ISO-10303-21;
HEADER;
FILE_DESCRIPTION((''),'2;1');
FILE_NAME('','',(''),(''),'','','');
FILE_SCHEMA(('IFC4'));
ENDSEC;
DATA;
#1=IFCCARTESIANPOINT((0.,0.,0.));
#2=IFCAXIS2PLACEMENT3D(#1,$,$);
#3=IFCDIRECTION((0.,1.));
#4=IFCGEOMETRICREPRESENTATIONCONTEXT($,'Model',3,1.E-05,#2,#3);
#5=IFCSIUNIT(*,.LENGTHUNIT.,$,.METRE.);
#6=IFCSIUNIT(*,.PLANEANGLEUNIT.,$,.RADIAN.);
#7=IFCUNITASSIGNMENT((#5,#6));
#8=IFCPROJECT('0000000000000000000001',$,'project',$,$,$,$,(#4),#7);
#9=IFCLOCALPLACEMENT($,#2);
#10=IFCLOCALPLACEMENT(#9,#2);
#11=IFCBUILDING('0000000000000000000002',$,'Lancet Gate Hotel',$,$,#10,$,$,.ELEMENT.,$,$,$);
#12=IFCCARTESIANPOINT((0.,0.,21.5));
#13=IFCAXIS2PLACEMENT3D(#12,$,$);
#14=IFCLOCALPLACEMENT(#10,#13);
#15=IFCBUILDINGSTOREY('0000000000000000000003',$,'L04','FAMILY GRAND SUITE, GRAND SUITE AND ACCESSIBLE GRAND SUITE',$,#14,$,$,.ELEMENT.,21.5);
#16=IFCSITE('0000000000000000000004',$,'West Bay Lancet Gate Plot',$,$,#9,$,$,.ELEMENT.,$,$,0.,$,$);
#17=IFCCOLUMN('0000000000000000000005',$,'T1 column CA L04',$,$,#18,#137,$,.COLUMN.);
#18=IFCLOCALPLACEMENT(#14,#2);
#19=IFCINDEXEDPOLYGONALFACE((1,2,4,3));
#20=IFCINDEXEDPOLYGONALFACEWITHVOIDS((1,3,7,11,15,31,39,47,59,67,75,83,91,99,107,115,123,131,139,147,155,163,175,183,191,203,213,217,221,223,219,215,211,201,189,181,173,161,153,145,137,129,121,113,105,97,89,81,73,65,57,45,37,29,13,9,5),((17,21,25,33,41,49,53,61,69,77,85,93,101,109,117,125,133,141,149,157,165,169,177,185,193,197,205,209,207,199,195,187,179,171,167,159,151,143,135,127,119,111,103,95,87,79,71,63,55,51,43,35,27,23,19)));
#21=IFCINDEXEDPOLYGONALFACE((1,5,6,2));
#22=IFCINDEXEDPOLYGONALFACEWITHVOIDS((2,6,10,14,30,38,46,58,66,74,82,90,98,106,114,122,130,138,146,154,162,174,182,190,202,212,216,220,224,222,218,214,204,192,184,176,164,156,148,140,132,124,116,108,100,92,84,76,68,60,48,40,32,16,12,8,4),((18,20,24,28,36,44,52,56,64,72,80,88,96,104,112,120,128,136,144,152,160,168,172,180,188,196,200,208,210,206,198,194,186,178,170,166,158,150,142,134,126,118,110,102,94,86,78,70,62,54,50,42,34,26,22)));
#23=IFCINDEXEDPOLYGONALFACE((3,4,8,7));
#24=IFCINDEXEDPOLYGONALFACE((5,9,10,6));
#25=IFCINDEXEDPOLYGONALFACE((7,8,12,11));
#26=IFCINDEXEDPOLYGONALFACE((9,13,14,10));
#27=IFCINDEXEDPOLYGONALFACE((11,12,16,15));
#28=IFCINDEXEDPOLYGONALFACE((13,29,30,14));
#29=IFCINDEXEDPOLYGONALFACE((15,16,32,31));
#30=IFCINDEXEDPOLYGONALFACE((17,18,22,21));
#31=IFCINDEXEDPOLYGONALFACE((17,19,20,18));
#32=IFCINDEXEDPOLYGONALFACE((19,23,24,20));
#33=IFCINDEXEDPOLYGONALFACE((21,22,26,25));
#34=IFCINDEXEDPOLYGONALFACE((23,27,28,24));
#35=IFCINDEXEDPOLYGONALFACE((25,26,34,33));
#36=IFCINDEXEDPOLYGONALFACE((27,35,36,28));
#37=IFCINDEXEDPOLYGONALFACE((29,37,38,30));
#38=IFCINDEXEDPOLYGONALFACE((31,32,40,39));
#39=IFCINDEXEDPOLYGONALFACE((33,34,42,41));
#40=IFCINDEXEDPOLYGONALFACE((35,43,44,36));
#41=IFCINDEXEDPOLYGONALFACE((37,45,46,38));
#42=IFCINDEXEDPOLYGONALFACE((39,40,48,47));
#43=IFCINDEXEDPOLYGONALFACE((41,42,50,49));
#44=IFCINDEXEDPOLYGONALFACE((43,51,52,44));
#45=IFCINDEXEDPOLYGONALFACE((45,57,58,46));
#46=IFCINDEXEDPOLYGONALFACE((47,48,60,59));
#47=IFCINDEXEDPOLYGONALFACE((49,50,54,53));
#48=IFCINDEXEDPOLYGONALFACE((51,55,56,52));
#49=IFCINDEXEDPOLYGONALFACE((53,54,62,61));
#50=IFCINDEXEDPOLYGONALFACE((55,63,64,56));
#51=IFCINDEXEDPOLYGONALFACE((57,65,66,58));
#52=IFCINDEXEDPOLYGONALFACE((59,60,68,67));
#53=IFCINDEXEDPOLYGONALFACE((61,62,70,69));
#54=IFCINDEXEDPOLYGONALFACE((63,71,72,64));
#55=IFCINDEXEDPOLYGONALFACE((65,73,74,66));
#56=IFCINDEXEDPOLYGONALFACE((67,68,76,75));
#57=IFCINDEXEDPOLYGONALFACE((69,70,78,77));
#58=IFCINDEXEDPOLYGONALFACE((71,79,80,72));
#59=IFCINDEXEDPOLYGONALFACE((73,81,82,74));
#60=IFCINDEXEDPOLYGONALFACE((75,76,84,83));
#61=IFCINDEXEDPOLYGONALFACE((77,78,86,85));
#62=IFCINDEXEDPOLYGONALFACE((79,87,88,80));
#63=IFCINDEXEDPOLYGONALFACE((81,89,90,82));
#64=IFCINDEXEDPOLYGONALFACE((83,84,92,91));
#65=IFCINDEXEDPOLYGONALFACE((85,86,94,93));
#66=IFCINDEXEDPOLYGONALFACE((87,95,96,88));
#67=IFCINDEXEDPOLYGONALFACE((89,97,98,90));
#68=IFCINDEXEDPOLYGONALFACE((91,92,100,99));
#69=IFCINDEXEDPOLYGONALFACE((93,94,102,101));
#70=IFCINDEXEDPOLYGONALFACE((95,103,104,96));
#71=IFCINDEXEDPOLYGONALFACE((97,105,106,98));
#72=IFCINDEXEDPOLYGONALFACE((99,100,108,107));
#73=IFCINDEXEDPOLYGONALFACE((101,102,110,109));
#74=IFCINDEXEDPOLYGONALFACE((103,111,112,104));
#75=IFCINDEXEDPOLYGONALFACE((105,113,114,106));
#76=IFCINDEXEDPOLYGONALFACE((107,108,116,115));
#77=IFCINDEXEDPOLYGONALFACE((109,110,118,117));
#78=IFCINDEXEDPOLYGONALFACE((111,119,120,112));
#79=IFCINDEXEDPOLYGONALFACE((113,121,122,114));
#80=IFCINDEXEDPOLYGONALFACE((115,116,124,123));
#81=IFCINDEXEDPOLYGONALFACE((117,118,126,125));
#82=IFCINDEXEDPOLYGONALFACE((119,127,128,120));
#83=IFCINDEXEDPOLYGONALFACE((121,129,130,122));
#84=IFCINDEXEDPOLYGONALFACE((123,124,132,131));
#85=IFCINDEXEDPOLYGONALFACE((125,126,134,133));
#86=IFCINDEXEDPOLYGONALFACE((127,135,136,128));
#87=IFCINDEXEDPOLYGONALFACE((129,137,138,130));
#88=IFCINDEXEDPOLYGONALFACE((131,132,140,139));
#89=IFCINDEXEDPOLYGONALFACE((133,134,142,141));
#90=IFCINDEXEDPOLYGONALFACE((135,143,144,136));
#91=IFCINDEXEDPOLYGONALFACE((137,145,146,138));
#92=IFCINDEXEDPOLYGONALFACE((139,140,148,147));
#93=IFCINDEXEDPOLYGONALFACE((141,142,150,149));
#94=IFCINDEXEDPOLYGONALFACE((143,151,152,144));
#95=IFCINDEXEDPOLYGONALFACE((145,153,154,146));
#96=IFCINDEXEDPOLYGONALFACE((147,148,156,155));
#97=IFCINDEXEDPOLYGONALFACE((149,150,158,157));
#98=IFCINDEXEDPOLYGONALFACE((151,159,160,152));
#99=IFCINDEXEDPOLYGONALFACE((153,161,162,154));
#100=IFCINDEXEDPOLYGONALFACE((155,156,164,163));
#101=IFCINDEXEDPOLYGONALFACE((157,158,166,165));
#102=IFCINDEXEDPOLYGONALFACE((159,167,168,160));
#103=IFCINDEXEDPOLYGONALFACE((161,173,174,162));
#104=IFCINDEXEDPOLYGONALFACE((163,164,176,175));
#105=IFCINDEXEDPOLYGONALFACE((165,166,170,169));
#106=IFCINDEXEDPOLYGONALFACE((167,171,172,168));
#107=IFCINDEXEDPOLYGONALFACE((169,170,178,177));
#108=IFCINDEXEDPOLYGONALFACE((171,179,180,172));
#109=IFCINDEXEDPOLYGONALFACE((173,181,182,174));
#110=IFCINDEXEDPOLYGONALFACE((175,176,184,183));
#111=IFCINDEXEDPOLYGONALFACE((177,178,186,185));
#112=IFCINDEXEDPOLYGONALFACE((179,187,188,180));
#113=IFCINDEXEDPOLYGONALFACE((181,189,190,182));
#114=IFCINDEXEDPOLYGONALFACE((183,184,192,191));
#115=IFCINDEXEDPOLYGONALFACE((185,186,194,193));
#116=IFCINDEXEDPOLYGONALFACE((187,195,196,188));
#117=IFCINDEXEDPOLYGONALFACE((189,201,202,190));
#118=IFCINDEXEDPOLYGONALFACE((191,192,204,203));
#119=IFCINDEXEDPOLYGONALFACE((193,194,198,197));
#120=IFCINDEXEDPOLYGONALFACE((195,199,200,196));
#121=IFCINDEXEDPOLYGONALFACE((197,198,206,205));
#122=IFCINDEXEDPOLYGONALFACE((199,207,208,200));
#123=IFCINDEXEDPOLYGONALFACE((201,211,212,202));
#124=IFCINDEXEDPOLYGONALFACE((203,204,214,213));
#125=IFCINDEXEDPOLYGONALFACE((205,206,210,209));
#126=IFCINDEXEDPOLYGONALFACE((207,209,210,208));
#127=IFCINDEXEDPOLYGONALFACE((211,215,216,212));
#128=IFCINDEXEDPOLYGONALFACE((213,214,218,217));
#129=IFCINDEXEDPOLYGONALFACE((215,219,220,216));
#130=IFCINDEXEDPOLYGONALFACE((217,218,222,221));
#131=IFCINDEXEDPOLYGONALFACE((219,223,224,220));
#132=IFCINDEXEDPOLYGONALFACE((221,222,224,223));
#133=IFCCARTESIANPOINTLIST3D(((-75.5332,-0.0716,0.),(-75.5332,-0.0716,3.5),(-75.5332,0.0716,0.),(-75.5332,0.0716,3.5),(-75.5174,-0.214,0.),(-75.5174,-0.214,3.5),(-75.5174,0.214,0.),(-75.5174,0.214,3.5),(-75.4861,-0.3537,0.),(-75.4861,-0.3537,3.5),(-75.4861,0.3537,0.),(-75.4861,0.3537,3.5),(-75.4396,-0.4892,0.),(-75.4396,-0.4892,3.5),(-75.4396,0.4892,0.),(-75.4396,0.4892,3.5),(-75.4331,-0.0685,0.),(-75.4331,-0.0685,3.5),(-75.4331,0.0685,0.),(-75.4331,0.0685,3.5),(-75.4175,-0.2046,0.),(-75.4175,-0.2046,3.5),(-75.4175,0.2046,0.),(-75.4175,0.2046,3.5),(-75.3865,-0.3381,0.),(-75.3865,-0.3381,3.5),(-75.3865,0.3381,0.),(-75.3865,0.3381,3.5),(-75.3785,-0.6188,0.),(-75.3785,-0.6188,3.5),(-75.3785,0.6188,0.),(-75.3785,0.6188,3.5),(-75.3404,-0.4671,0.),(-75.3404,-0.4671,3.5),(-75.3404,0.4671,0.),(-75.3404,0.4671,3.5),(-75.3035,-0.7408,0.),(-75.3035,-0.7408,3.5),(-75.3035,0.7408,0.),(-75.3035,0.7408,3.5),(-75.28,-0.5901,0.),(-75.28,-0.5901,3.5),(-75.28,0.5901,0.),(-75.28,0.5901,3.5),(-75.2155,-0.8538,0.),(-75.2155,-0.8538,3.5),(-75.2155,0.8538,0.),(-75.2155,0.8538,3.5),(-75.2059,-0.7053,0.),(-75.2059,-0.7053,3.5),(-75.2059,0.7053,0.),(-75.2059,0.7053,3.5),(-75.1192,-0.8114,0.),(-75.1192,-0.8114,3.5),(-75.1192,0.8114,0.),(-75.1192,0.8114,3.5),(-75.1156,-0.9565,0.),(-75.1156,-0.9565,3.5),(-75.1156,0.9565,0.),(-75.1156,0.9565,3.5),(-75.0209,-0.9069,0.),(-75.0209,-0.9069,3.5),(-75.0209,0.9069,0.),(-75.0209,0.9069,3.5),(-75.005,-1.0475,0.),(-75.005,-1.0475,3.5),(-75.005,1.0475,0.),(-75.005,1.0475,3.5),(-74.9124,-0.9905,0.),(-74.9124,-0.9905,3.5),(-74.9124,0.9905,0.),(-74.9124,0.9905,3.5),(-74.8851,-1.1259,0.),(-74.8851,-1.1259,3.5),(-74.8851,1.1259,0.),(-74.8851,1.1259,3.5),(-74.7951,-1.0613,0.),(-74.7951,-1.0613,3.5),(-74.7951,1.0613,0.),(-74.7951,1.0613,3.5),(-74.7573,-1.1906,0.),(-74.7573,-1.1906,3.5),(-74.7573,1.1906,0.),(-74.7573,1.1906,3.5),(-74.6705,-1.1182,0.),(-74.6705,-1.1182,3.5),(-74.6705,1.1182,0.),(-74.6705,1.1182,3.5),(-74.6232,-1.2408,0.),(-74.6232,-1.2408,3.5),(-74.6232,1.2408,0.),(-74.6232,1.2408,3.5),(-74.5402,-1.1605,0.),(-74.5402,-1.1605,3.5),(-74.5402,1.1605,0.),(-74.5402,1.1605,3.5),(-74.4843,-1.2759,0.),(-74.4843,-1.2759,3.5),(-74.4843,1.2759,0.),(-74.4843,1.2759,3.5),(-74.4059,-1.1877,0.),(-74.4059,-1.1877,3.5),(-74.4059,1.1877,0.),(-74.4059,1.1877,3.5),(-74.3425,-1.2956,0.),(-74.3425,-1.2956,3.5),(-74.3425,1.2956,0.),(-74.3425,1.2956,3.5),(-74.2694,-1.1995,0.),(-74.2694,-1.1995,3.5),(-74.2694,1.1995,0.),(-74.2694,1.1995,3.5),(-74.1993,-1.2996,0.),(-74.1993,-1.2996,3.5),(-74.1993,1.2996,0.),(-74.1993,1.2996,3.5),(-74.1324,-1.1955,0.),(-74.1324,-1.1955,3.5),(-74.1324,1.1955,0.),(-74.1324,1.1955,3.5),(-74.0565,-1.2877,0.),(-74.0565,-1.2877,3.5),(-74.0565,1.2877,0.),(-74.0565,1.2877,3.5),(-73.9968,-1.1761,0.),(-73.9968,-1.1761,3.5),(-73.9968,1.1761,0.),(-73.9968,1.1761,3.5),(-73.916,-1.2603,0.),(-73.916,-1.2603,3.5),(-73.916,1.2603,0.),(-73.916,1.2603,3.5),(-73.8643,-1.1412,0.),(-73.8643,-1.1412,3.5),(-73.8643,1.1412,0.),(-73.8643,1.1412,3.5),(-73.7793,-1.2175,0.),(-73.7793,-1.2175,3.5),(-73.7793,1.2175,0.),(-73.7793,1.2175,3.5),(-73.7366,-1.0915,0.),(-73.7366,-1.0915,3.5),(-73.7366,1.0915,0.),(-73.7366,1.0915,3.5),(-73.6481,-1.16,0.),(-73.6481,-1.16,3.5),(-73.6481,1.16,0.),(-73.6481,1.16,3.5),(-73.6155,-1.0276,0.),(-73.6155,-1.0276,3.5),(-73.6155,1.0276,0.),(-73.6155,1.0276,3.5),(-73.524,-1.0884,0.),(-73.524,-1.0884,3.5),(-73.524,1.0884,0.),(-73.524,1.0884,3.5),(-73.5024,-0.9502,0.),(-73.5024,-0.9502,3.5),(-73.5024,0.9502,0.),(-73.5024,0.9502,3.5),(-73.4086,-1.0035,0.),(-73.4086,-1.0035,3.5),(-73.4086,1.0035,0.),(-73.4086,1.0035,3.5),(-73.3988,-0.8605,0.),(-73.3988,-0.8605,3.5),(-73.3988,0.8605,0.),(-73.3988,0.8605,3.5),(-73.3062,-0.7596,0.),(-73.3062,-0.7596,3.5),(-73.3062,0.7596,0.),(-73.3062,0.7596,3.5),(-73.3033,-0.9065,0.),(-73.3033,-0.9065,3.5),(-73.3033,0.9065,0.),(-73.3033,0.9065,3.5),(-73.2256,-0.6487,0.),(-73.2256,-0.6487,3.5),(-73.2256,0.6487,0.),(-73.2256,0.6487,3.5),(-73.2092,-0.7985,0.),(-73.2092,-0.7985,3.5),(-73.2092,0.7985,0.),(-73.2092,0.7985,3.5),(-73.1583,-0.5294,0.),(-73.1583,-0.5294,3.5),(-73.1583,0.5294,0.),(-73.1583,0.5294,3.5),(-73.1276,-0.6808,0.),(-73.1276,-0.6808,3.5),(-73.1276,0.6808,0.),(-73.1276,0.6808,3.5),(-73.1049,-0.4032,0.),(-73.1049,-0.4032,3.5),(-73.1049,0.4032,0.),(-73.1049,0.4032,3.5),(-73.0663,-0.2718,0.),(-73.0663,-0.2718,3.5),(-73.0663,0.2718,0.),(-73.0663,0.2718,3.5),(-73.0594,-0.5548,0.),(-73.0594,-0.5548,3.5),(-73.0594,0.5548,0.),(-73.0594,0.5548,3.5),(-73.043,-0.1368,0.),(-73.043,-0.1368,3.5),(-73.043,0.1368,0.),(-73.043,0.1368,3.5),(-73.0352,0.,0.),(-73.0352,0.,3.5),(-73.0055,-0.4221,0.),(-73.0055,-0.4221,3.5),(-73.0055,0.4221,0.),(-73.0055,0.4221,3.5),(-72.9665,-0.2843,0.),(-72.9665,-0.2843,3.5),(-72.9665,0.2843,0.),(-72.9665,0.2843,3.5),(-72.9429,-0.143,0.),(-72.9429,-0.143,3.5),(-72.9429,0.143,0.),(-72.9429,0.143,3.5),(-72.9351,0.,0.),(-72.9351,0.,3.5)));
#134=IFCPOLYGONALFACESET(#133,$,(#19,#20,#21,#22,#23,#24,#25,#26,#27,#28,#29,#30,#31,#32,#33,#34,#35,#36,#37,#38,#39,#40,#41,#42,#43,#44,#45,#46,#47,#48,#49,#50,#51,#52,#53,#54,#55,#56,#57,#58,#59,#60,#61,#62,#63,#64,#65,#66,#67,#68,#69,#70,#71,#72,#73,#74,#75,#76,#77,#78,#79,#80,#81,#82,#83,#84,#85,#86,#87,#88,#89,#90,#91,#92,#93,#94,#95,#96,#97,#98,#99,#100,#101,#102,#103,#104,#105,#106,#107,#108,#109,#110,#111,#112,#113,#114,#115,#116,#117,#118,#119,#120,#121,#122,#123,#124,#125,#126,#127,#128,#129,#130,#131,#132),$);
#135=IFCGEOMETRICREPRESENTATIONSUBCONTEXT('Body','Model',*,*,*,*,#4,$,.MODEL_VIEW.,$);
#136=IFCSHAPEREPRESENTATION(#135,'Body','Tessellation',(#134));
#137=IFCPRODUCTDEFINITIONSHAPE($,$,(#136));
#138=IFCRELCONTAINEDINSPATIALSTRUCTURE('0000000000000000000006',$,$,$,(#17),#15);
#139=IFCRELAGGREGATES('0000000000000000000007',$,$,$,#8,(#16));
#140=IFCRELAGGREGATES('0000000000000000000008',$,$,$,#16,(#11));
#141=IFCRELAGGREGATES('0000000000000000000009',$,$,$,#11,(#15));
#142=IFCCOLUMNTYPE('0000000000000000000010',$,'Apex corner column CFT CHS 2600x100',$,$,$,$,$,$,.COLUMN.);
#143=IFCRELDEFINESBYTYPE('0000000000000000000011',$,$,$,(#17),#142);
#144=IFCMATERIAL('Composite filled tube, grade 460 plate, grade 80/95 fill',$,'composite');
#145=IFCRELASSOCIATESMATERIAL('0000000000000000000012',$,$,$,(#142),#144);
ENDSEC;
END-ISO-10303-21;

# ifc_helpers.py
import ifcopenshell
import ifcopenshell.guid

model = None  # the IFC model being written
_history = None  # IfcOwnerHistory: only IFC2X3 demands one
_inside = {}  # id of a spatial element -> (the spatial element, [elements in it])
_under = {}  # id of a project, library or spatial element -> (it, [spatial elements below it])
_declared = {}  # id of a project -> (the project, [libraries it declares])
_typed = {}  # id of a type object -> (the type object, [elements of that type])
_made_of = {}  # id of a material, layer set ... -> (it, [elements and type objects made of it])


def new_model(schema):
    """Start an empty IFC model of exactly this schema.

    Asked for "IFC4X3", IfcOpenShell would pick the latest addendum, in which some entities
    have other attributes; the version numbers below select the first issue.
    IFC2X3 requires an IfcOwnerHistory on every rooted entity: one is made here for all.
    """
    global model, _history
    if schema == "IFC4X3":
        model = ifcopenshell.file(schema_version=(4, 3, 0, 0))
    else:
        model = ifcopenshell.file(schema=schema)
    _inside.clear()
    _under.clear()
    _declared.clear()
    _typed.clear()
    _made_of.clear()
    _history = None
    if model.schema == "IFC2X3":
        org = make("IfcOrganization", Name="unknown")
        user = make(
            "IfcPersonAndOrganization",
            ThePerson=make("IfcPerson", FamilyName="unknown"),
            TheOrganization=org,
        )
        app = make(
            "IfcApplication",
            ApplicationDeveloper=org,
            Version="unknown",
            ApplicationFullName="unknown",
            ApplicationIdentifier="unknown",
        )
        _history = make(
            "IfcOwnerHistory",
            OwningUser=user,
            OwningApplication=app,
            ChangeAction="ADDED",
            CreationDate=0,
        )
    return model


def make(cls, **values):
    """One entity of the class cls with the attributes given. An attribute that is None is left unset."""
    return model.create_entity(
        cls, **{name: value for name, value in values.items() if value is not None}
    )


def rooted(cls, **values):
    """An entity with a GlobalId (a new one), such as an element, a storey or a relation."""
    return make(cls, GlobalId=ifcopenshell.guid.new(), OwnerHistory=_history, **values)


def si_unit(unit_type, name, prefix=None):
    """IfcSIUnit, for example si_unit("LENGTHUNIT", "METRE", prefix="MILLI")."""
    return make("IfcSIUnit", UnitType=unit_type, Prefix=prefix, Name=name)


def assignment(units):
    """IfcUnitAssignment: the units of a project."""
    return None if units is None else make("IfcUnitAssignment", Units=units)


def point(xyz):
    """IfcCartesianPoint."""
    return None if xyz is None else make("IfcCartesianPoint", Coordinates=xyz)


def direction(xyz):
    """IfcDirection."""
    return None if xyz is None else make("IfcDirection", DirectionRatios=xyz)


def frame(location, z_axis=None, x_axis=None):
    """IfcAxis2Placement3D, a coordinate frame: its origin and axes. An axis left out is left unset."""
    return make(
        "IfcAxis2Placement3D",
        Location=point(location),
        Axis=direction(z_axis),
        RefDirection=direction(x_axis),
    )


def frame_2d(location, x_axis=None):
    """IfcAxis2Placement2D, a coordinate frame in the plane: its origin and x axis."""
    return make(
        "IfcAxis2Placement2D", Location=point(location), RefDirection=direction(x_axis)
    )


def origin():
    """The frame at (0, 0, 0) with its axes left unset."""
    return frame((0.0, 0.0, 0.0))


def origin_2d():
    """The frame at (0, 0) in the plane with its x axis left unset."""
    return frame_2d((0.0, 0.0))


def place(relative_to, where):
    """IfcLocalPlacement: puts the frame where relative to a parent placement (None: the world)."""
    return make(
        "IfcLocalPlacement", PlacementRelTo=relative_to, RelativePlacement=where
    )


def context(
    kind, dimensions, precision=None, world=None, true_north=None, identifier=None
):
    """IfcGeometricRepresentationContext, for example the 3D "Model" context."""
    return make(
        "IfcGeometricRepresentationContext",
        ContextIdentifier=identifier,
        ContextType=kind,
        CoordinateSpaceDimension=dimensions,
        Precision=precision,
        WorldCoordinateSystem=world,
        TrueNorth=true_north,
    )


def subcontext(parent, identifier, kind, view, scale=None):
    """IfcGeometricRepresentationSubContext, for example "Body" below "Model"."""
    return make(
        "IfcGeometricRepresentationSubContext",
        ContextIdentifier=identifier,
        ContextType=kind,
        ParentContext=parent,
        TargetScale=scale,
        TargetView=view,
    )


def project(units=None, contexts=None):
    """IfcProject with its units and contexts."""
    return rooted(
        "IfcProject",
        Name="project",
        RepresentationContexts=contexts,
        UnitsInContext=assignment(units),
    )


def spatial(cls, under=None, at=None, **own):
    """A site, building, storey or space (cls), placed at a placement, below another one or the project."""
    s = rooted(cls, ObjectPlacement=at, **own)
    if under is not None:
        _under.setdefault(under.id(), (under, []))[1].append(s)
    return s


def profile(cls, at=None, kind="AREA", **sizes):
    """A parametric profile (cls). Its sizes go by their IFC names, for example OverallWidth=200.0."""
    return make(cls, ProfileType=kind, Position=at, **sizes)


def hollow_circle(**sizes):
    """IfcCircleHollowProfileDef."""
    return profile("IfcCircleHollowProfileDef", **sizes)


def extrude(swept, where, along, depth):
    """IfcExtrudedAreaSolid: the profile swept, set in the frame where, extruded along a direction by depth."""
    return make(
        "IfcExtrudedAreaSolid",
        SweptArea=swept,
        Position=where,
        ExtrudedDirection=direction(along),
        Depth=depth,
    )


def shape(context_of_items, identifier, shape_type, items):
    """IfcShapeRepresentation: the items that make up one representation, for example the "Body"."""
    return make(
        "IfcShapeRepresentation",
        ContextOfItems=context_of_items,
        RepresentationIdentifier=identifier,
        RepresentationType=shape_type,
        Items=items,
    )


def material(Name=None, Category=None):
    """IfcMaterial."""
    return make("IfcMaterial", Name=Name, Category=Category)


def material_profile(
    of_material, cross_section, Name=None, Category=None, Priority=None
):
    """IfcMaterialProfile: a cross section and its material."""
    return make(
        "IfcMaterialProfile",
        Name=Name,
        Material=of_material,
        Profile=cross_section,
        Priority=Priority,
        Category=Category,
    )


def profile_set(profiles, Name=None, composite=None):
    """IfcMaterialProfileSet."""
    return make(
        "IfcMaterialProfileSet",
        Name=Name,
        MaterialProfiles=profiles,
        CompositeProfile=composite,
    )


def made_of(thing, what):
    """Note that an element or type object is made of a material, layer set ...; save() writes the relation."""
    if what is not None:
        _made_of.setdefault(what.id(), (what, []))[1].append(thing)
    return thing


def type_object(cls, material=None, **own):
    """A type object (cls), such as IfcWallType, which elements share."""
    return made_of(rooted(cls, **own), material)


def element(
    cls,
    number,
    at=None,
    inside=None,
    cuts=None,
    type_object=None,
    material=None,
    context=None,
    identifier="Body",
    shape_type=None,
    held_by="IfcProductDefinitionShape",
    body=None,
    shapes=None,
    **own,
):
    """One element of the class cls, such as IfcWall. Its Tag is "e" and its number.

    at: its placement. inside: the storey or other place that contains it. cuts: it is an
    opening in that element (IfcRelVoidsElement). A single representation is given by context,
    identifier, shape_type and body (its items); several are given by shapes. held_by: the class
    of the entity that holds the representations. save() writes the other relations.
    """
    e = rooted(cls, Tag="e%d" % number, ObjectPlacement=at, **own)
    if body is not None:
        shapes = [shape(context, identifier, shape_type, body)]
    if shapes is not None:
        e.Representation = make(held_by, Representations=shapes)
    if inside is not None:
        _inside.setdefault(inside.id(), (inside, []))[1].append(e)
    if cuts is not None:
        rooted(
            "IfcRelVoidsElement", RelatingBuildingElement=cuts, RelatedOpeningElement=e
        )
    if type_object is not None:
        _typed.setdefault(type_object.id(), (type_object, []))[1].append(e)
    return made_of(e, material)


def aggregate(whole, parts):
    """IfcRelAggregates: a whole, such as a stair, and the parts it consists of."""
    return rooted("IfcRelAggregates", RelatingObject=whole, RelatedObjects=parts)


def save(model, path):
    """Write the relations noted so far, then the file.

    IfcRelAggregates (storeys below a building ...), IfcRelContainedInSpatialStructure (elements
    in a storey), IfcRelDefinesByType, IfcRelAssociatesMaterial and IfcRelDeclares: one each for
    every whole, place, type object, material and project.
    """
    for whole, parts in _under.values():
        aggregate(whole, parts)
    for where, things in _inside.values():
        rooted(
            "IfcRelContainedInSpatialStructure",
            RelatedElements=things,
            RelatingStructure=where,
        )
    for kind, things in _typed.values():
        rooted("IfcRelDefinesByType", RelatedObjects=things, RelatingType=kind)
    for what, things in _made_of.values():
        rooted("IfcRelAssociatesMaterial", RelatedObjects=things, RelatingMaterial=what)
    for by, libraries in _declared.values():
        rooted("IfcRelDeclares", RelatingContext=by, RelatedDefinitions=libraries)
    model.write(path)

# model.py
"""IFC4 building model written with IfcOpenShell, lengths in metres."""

from ifc_helpers import new_model, si_unit, direction, frame, origin, origin_2d, place, context, subcontext, project, spatial, hollow_circle, extrude, material, material_profile, profile_set, type_object, element, save


model = new_model("IFC4")

# Units and contexts
model_context = context("Model", 3, precision=1e-05, world=origin(), true_north=direction((0.0, 1.0)))
body_context = subcontext(model_context, "Body", "Model", "MODEL_VIEW")
ifc_project = project(units=[si_unit("LENGTHUNIT", "METRE"), si_unit("PLANEANGLEUNIT", "RADIAN")], contexts=[model_context])

# Site, building, storey
site_placement = place(None, origin())
site = spatial("IfcSite", under=ifc_project, at=site_placement, Name="West Bay Lancet Gate Plot", CompositionType="ELEMENT", RefElevation=0.0)
building_placement = place(site_placement, origin())
building = spatial("IfcBuilding", under=site, at=building_placement, Name="Lancet Gate Hotel", CompositionType="ELEMENT")
storey_placement = place(building_placement, frame((0.0, 0.0, 21.5)))
storey = spatial("IfcBuildingStorey", under=building, at=storey_placement, Name="L04", Description="FAMILY GRAND SUITE, GRAND SUITE AND ACCESSIBLE GRAND SUITE", CompositionType="ELEMENT", Elevation=21.5)

# Column
ifc_material_1 = material(Name="Composite filled tube, grade 460 plate, grade 80/95 fill", Category="composite")
ifc_material_profile_1 = material_profile(ifc_material_1, hollow_circle(Radius=1.3, WallThickness=0.1001, at=origin_2d()), Name="CHS 2600x100")
ifc_profile_set_1 = profile_set([ifc_material_profile_1], Name="Composite filled tube, grade 460 plate, grade 80/95 fill")
column_type_1 = type_object("IfcColumnType", Name="Apex corner column CFT CHS 2600x100", PredefinedType="COLUMN", material=ifc_profile_set_1)
column_1_placement = place(storey_placement, frame((-74.2351, 0.0, 0.0), z_axis=(0.0, 0.0, 1.0), x_axis=(1.0, 0.0, 0.0)))
element("IfcColumn", 1, at=column_1_placement, inside=storey, type_object=column_type_1, Name="T1 column CA L04", PredefinedType="COLUMN", context=body_context, shape_type="SweptSolid", body=[
    extrude(hollow_circle(Radius=1.3, WallThickness=0.1001, at=origin_2d()), origin(), (0.0, 0.0, 1.0), 3.5),
])

save(model, "model.ifc")
